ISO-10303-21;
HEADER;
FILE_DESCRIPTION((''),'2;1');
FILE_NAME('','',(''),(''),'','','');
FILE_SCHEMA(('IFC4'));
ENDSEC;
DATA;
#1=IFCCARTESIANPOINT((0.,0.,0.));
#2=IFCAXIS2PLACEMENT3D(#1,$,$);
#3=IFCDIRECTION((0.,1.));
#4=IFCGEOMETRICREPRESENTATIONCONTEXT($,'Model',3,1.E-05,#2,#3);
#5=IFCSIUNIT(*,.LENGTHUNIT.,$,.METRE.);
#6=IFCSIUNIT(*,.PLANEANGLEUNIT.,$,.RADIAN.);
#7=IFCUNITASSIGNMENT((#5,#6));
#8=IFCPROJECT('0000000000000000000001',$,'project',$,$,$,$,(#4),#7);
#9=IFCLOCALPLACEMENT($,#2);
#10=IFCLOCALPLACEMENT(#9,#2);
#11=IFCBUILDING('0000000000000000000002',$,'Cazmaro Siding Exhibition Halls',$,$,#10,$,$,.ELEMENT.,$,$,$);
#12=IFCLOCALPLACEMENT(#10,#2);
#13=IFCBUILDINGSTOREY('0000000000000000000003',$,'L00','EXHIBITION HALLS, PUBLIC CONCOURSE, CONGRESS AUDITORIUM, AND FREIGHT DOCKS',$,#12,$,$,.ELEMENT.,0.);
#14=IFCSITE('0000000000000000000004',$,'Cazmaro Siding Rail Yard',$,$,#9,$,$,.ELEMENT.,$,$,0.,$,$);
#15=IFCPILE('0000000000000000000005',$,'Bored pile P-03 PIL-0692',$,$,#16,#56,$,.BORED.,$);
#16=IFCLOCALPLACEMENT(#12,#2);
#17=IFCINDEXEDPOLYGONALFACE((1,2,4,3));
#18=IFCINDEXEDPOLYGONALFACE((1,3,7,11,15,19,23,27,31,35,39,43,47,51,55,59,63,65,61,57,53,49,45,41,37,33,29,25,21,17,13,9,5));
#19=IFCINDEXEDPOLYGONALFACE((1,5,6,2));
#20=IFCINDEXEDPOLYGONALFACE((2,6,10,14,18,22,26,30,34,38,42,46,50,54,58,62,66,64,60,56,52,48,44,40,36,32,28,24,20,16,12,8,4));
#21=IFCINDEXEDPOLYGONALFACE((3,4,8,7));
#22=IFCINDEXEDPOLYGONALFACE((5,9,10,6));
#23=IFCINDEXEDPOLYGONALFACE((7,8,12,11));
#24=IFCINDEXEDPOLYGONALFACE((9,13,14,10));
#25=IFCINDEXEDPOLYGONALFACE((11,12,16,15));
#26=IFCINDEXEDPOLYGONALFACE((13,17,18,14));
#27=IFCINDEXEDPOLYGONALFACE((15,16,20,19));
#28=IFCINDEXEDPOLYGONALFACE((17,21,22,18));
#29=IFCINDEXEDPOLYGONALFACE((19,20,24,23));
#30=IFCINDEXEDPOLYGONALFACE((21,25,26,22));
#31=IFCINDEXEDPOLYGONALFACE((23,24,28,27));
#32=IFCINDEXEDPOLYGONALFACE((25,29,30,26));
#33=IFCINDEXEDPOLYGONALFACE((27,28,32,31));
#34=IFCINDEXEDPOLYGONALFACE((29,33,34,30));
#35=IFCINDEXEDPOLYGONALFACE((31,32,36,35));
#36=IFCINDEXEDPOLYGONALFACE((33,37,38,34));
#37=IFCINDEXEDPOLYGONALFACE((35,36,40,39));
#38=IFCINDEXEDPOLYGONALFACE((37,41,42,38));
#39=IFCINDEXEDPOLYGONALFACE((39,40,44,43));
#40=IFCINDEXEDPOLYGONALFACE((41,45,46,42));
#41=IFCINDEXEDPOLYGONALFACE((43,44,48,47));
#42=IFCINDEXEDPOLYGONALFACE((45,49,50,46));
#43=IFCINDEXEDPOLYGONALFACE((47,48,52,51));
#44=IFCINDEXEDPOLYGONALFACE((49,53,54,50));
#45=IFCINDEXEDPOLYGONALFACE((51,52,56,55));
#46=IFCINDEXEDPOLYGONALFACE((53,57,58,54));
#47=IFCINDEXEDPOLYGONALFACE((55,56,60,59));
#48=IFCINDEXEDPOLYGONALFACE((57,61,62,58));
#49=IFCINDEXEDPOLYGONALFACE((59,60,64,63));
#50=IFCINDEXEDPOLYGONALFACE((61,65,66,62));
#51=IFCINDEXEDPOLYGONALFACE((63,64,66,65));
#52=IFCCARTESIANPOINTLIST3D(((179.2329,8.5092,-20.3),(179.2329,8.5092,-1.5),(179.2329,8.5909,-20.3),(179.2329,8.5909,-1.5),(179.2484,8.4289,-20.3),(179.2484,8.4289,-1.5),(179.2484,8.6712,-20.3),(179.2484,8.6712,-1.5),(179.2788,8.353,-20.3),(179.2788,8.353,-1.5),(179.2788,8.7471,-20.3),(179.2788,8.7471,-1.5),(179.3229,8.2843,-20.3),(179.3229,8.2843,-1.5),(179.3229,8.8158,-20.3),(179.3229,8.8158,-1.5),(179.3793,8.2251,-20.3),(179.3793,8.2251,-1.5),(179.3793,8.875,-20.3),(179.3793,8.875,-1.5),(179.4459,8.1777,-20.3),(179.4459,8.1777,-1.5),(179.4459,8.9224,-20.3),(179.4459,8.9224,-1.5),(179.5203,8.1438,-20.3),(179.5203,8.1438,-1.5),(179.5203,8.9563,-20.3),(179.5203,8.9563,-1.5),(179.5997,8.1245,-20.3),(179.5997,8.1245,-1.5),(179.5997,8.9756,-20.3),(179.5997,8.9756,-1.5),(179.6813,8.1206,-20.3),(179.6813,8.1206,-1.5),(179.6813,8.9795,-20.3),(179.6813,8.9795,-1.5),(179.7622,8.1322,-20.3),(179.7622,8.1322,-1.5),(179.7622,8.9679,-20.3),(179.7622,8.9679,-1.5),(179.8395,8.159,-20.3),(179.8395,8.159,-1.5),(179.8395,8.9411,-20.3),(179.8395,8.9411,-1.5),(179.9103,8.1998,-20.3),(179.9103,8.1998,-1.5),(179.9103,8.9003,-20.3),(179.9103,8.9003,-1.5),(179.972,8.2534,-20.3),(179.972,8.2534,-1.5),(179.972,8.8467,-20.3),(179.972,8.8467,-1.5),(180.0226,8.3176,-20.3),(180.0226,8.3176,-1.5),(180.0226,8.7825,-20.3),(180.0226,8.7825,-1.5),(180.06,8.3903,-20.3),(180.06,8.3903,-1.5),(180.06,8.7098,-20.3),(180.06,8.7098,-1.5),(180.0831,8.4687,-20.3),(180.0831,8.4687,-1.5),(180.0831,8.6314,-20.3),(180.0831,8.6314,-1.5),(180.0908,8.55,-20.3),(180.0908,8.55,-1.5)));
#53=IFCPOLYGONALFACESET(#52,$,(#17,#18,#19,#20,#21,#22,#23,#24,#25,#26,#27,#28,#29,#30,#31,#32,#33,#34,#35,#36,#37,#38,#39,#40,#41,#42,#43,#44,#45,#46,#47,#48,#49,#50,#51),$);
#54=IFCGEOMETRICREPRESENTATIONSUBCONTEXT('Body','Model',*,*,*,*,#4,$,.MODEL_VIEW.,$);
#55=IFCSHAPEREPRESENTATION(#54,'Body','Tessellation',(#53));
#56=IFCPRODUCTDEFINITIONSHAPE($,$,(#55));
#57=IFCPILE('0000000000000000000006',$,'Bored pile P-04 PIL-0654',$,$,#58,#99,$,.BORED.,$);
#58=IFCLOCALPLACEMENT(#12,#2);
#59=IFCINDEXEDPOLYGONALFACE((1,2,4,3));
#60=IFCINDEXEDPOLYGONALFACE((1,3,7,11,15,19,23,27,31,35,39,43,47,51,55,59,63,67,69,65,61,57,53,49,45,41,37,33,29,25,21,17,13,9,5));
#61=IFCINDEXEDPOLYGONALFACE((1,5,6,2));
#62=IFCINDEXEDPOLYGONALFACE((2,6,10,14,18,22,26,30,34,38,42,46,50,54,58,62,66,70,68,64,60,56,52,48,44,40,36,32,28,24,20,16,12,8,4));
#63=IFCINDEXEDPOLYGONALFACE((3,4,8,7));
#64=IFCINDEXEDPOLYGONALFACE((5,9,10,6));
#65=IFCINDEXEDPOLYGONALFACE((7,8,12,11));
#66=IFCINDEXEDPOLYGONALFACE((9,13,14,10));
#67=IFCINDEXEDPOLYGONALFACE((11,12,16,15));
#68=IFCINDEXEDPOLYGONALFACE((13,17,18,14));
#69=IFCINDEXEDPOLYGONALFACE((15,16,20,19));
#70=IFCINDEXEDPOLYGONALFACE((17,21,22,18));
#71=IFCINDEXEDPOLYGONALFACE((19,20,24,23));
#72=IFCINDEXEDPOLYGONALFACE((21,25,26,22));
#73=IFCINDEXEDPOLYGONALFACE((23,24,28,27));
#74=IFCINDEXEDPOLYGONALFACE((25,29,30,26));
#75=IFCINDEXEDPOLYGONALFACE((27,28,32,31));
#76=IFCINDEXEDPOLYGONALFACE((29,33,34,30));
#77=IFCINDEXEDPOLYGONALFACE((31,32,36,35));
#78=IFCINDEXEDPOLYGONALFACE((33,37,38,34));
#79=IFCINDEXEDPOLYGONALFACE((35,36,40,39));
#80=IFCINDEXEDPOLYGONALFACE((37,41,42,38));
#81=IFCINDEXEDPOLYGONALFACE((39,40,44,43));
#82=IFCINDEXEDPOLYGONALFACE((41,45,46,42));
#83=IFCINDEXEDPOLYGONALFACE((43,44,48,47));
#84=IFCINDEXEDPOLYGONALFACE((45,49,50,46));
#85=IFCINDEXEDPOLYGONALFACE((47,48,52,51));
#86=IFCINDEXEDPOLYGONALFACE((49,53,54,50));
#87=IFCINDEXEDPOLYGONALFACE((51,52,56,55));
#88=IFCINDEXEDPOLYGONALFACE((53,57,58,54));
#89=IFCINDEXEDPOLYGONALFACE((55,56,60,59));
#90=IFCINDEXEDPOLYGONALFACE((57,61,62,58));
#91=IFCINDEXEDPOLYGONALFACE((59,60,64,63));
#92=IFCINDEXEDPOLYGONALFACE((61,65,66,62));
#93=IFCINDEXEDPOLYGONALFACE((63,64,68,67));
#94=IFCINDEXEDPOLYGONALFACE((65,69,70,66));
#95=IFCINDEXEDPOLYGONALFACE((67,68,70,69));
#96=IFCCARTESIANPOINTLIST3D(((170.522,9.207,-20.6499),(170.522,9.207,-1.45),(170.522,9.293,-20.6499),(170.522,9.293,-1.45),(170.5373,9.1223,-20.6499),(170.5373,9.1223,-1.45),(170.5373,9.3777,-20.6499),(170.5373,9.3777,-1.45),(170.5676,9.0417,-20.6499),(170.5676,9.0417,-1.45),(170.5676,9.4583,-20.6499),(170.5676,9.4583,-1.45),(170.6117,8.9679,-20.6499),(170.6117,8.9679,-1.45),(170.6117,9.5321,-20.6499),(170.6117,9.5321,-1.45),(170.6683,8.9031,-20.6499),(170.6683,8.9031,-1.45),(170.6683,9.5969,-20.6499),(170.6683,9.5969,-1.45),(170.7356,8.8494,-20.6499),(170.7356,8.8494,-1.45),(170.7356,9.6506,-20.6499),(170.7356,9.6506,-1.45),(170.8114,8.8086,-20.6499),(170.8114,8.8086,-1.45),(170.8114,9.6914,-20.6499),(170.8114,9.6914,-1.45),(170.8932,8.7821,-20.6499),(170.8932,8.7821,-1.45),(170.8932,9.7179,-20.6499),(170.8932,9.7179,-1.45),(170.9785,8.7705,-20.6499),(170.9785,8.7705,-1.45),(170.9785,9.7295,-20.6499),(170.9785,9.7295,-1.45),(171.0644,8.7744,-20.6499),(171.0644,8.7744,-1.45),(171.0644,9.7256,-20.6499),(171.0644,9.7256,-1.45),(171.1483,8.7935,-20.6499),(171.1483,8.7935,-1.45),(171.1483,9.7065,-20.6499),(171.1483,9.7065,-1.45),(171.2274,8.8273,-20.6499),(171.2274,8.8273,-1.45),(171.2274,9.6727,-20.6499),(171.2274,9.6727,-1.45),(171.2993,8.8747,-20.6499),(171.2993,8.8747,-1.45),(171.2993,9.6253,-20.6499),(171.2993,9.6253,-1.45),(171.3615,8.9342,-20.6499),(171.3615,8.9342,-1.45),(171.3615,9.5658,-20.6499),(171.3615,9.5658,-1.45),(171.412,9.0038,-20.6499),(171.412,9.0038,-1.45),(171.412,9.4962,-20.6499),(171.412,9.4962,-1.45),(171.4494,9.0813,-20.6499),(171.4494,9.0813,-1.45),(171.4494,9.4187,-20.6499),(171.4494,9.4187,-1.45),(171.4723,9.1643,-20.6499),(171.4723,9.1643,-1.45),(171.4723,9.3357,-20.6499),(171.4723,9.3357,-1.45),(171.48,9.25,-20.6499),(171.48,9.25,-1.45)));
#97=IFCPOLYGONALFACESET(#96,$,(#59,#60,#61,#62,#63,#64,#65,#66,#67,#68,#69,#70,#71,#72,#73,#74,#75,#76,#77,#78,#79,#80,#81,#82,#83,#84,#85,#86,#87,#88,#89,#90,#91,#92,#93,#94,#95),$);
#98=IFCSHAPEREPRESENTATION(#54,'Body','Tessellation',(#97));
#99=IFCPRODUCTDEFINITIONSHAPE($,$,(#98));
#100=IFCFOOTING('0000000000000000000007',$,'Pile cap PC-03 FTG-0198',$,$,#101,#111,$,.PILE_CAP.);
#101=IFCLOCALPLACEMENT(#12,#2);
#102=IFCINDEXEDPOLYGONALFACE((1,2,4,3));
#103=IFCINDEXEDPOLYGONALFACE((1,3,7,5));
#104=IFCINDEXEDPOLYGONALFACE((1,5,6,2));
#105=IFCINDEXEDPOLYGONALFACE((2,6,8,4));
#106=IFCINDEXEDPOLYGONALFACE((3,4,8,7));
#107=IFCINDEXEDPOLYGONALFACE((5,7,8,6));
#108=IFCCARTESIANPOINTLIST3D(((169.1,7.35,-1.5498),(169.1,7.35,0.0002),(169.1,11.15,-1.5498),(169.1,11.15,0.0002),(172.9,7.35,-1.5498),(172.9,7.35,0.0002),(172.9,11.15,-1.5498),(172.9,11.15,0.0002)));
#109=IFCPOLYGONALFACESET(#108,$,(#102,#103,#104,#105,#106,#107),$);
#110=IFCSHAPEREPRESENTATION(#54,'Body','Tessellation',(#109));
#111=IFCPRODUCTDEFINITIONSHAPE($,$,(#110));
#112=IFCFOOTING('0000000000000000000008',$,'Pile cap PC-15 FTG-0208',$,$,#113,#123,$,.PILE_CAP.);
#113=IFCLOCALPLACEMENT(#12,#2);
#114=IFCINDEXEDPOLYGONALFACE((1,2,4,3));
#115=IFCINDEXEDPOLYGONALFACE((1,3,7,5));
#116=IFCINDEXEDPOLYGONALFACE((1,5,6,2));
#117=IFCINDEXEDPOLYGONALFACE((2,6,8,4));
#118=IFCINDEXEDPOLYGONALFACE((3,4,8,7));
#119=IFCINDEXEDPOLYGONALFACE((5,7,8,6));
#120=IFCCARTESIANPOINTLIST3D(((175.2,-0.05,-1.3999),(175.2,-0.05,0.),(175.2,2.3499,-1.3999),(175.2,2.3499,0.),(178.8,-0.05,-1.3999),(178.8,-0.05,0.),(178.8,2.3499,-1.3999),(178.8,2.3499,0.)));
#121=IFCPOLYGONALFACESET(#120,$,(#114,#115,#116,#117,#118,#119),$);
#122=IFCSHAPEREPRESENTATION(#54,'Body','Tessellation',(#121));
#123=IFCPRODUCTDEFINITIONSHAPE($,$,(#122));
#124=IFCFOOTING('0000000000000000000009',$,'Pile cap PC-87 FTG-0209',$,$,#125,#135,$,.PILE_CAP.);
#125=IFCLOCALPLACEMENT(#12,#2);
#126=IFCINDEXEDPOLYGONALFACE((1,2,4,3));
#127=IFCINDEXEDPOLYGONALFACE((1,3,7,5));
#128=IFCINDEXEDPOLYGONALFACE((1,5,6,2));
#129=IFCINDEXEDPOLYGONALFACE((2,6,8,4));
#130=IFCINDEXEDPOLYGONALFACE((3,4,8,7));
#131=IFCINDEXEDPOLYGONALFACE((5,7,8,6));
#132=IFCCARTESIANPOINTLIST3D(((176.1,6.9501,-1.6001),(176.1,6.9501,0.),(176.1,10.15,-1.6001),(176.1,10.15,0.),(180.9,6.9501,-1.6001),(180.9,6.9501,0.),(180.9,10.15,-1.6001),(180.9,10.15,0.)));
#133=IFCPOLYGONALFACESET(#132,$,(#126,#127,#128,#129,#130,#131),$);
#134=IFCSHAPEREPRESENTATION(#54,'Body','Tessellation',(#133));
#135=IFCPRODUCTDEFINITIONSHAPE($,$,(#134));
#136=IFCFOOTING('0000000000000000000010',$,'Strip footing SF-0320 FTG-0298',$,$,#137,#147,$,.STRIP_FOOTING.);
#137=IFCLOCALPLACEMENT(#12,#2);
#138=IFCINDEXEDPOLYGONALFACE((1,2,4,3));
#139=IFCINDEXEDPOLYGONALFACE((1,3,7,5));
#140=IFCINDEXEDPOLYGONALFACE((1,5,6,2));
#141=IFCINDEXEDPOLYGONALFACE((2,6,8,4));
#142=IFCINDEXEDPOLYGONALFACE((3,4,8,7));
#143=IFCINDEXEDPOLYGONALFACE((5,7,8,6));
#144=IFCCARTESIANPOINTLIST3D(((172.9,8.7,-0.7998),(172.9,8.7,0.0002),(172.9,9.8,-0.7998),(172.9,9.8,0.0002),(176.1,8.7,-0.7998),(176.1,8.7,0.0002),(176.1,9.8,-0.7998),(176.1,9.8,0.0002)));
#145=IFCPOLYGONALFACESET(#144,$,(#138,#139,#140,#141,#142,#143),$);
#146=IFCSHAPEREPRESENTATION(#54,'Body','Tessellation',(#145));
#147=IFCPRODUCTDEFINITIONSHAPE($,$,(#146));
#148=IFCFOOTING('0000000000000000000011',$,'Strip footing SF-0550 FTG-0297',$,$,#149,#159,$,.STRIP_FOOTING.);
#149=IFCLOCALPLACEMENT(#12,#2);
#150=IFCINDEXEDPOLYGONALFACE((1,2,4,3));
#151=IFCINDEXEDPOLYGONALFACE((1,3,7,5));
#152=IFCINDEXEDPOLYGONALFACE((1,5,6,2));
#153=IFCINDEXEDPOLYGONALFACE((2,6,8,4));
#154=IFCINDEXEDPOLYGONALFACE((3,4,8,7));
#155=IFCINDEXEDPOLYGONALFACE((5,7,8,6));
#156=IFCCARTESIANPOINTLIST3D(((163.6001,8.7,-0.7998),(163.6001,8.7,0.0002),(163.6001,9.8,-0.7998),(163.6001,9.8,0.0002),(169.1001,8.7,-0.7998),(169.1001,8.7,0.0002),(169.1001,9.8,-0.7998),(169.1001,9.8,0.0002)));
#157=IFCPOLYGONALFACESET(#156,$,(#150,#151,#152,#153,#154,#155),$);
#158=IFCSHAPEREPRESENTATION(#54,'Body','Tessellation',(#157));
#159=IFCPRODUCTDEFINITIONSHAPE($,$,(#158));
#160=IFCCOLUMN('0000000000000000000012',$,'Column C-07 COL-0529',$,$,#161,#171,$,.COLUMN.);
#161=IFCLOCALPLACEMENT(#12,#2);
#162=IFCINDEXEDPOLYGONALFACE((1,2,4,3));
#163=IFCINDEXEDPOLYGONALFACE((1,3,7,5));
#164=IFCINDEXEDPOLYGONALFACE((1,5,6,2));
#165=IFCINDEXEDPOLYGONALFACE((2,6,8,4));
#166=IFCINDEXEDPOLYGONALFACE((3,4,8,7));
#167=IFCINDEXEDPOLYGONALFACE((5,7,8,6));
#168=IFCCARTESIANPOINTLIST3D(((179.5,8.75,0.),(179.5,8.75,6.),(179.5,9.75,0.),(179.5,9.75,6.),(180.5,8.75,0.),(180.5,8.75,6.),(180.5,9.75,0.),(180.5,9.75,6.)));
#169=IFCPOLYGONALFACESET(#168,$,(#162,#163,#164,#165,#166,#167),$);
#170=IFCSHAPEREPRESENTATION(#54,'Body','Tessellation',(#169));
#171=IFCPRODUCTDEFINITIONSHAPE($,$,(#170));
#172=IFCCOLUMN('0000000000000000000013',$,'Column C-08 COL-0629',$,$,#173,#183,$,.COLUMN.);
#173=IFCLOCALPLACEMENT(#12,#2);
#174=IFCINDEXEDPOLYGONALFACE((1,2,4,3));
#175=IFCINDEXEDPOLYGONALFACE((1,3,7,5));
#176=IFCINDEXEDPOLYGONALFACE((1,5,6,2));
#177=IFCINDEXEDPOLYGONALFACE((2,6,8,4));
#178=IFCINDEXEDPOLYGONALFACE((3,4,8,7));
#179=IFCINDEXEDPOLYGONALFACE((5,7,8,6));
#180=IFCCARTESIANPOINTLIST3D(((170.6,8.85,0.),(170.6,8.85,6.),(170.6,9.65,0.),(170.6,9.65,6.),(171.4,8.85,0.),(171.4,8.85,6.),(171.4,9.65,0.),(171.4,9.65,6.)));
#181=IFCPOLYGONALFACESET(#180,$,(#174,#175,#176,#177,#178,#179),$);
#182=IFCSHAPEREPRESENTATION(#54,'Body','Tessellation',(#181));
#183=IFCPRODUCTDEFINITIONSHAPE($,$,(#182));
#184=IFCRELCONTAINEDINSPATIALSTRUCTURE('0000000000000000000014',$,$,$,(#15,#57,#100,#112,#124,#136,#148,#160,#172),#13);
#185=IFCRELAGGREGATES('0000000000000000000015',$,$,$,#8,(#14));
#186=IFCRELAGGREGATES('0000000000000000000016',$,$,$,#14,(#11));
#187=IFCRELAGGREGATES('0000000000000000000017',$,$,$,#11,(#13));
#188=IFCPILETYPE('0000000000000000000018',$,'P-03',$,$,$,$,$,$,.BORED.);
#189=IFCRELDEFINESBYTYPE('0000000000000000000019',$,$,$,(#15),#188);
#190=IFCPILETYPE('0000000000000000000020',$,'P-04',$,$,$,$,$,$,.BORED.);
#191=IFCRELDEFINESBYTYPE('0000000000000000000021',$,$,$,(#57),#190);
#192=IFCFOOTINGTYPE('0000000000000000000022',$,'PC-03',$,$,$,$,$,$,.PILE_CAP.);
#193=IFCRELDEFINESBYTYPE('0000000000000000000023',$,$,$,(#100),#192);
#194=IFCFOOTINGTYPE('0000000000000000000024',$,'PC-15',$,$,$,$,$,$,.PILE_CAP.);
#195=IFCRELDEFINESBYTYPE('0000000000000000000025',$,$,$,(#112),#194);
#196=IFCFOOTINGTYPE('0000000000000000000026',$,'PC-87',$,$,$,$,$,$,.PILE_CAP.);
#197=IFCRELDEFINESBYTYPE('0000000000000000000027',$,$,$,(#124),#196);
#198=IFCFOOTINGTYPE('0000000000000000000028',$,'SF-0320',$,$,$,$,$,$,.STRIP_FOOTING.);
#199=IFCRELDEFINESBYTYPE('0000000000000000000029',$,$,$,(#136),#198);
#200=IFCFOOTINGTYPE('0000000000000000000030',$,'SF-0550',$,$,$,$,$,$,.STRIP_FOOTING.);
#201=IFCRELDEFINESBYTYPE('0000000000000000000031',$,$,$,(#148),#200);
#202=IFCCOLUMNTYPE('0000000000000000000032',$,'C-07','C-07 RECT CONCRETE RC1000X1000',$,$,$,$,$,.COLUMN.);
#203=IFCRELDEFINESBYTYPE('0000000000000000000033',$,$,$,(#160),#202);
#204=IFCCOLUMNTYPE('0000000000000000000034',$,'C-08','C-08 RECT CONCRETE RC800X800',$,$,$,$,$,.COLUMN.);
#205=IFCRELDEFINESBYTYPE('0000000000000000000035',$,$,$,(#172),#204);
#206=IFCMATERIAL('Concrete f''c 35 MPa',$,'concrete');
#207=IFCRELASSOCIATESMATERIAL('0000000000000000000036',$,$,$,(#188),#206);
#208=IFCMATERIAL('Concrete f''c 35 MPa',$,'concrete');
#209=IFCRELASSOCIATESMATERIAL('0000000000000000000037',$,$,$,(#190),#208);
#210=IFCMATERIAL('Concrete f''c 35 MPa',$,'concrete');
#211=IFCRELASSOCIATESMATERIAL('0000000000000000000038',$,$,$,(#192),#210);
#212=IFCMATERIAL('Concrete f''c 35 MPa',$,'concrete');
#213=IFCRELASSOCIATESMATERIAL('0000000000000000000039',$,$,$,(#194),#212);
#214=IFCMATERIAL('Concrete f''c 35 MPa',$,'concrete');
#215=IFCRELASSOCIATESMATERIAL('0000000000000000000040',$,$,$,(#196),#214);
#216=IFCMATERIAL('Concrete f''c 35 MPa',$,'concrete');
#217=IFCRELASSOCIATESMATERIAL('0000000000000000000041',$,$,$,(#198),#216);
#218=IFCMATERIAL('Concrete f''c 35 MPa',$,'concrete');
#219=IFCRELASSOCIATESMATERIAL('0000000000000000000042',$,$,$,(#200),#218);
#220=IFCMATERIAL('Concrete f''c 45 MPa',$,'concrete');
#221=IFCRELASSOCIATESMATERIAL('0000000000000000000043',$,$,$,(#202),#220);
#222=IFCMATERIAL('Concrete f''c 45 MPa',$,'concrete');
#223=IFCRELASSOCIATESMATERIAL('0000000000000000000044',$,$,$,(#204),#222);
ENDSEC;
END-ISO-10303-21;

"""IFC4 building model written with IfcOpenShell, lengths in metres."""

from ifc_helpers import new_model, si_unit, direction, frame, origin, origin_2d, place, context, subcontext, project, spatial, rectangle, circle, extrude, material, material_profile, profile_set, type_object, element, save


model = new_model("IFC4")

# Units and contexts
model_context = context("Model", 3, precision=1e-05, world=origin(), true_north=direction((0.0, 1.0)))
body_context = subcontext(model_context, "Body", "Model", "MODEL_VIEW")
ifc_project = project(units=[si_unit("LENGTHUNIT", "METRE"), si_unit("PLANEANGLEUNIT", "RADIAN")], contexts=[model_context])

# Site, building, storey
site_placement = place(None, origin())
site = spatial("IfcSite", under=ifc_project, at=site_placement, Name="Cazmaro Siding Rail Yard", CompositionType="ELEMENT", RefElevation=0.0)
building_placement = place(site_placement, origin())
building = spatial("IfcBuilding", under=site, at=building_placement, Name="Cazmaro Siding Exhibition Halls", CompositionType="ELEMENT")
storey_placement = place(building_placement, origin())
storey = spatial("IfcBuildingStorey", under=building, at=storey_placement, Name="L00", Description="EXHIBITION HALLS, PUBLIC CONCOURSE, CONGRESS AUDITORIUM, AND FREIGHT DOCKS", CompositionType="ELEMENT", Elevation=0.0)

# Piles
ifc_material_1 = material(Name="Concrete f'c 35 MPa", Category="concrete")
ifc_material_profile_1 = material_profile(ifc_material_1, circle(Radius=0.4299, at=origin_2d()), Name="CIDH-860")
ifc_profile_set_1 = profile_set([ifc_material_profile_1], Name="Concrete f'c 35 MPa")
pile_type_1 = type_object("IfcPileType", Name="P-03", PredefinedType="BORED", material=ifc_profile_set_1)
for number, where, z_axis, x_axis, name in (
    (1, (179.6609, 8.55, -1.5), (0.0, 0.0, -1.0), (1.0, 0.0, 0.0), "Bored pile P-03 PIL-0692"),
):
    element("IfcPile", number, at=place(storey_placement, frame(where, z_axis=z_axis, x_axis=x_axis)), inside=storey, type_object=pile_type_1, Name=name, PredefinedType="BORED", context=body_context, shape_type="SweptSolid", body=[
        extrude(circle(Radius=0.4299, at=origin_2d()), origin(), (0.0, 0.0, 1.0), 18.8),
    ])
ifc_material_2 = material(Name="Concrete f'c 35 MPa", Category="concrete")
ifc_material_profile_2 = material_profile(ifc_material_2, circle(Radius=0.48, at=origin_2d()), Name="CIDH-960")
ifc_profile_set_2 = profile_set([ifc_material_profile_2], Name="Concrete f'c 35 MPa")
pile_type_2 = type_object("IfcPileType", Name="P-04", PredefinedType="BORED", material=ifc_profile_set_2)
pile_placement = place(storey_placement, frame((171.0, 9.25, -1.45), z_axis=(0.0, 0.0, -1.0), x_axis=(1.0, 0.0, 0.0)))
element("IfcPile", 2, at=pile_placement, inside=storey, type_object=pile_type_2, Name="Bored pile P-04 PIL-0654", PredefinedType="BORED", context=body_context, shape_type="SweptSolid", body=[
    extrude(circle(Radius=0.48, at=origin_2d()), origin(), (0.0, 0.0, 1.0), 19.2),
])

# Footings
ifc_material_3 = material(Name="Concrete f'c 35 MPa", Category="concrete")
footing_type_1 = type_object("IfcFootingType", Name="PC-03", PredefinedType="PILE_CAP", material=ifc_material_3)
footing_1_placement = place(storey_placement, frame((171.0, 9.25, -1.5498), z_axis=(0.0, 0.0, 1.0), x_axis=(1.0, 0.0, 0.0)))
element("IfcFooting", 3, at=footing_1_placement, inside=storey, type_object=footing_type_1, Name="Pile cap PC-03 FTG-0198", PredefinedType="PILE_CAP", context=body_context, shape_type="SweptSolid", body=[
    extrude(rectangle(XDim=3.8, YDim=3.8, at=origin_2d()), origin(), (0.0, 0.0, 1.0), 1.55),
])
ifc_material_4 = material(Name="Concrete f'c 35 MPa", Category="concrete")
footing_type_2 = type_object("IfcFootingType", Name="PC-15", PredefinedType="PILE_CAP", material=ifc_material_4)
footing_2_placement = place(storey_placement, frame((177.0, 1.1499, -1.3999), z_axis=(0.0, 0.0, 1.0), x_axis=(1.0, 0.0, 0.0)))
element("IfcFooting", 4, at=footing_2_placement, inside=storey, type_object=footing_type_2, Name="Pile cap PC-15 FTG-0208", PredefinedType="PILE_CAP", context=body_context, shape_type="SweptSolid", body=[
    extrude(rectangle(XDim=3.6001, YDim=2.3999, at=origin_2d()), origin(), (0.0, 0.0, 1.0), 1.3999),
])
ifc_material_5 = material(Name="Concrete f'c 35 MPa", Category="concrete")
footing_type_3 = type_object("IfcFootingType", Name="PC-87", PredefinedType="PILE_CAP", material=ifc_material_5)
footing_3_placement = place(storey_placement, frame((178.5, 8.55, -1.6001), z_axis=(0.0, 0.0, 1.0), x_axis=(1.0, 0.0, 0.0)))
element("IfcFooting", 5, at=footing_3_placement, inside=storey, type_object=footing_type_3, Name="Pile cap PC-87 FTG-0209", PredefinedType="PILE_CAP", context=body_context, shape_type="SweptSolid", body=[
    extrude(rectangle(XDim=4.8, YDim=3.2, at=origin_2d()), origin(), (0.0, 0.0, 1.0), 1.6001),
])
ifc_material_6 = material(Name="Concrete f'c 35 MPa", Category="concrete")
footing_type_4 = type_object("IfcFootingType", Name="SF-0320", PredefinedType="STRIP_FOOTING", material=ifc_material_6)
footing_4_placement = place(storey_placement, frame((174.5, 9.25, -0.7998), z_axis=(0.0, 0.0, 1.0), x_axis=(1.0, 0.0, 0.0)))
element("IfcFooting", 6, at=footing_4_placement, inside=storey, type_object=footing_type_4, Name="Strip footing SF-0320 FTG-0298", PredefinedType="STRIP_FOOTING", context=body_context, shape_type="SweptSolid", body=[
    extrude(rectangle(XDim=3.2, YDim=1.1001, at=origin_2d()), origin(), (0.0, 0.0, 1.0), 0.8),
])
ifc_material_7 = material(Name="Concrete f'c 35 MPa", Category="concrete")
footing_type_5 = type_object("IfcFootingType", Name="SF-0550", PredefinedType="STRIP_FOOTING", material=ifc_material_7)
footing_5_placement = place(storey_placement, frame((166.3501, 9.25, -0.7998), z_axis=(0.0, 0.0, 1.0), x_axis=(1.0, 0.0, 0.0)))
element("IfcFooting", 7, at=footing_5_placement, inside=storey, type_object=footing_type_5, Name="Strip footing SF-0550 FTG-0297", PredefinedType="STRIP_FOOTING", context=body_context, shape_type="SweptSolid", body=[
    extrude(rectangle(XDim=5.5, YDim=1.1001, at=origin_2d()), origin(), (0.0, 0.0, 1.0), 0.8),
])

# Columns
ifc_material_8 = material(Name="Concrete f'c 45 MPa", Category="concrete")
ifc_material_profile_3 = material_profile(ifc_material_8, rectangle(XDim=1.0, YDim=1.0, at=origin_2d()), Name="RC1000X1000")
ifc_profile_set_3 = profile_set([ifc_material_profile_3], Name="Concrete f'c 45 MPa")
column_type_1 = type_object("IfcColumnType", Name="C-07", Description="C-07 RECT CONCRETE RC1000X1000", PredefinedType="COLUMN", material=ifc_profile_set_3)
column_placement = place(storey_placement, frame((180.0, 9.25, 0.0), z_axis=(0.0, 0.0, 1.0), x_axis=(1.0, 0.0, 0.0)))
element("IfcColumn", 8, at=column_placement, inside=storey, type_object=column_type_1, Name="Column C-07 COL-0529", PredefinedType="COLUMN", context=body_context, shape_type="SweptSolid", body=[
    extrude(rectangle(XDim=1.0, YDim=1.0, at=origin_2d()), origin(), (0.0, 0.0, 1.0), 6.0),
])
ifc_material_9 = material(Name="Concrete f'c 45 MPa", Category="concrete")
ifc_material_profile_4 = material_profile(ifc_material_9, rectangle(XDim=0.8, YDim=0.8, at=origin_2d()), Name="RC800X800")
ifc_profile_set_4 = profile_set([ifc_material_profile_4], Name="Concrete f'c 45 MPa")
column_type_2 = type_object("IfcColumnType", Name="C-08", Description="C-08 RECT CONCRETE RC800X800", PredefinedType="COLUMN", material=ifc_profile_set_4)
for number, where, z_axis, x_axis, name in (
    (9, (171.0, 9.25, 0.0), (0.0, 0.0, 1.0), (1.0, 0.0, 0.0), "Column C-08 COL-0629"),
):
    element("IfcColumn", number, at=place(storey_placement, frame(where, z_axis=z_axis, x_axis=x_axis)), inside=storey, type_object=column_type_2, Name=name, PredefinedType="COLUMN", context=body_context, shape_type="SweptSolid", body=[
        extrude(rectangle(XDim=0.8, YDim=0.8, at=origin_2d()), origin(), (0.0, 0.0, 1.0), 6.0),
    ])

save(model, "model.ifc")
